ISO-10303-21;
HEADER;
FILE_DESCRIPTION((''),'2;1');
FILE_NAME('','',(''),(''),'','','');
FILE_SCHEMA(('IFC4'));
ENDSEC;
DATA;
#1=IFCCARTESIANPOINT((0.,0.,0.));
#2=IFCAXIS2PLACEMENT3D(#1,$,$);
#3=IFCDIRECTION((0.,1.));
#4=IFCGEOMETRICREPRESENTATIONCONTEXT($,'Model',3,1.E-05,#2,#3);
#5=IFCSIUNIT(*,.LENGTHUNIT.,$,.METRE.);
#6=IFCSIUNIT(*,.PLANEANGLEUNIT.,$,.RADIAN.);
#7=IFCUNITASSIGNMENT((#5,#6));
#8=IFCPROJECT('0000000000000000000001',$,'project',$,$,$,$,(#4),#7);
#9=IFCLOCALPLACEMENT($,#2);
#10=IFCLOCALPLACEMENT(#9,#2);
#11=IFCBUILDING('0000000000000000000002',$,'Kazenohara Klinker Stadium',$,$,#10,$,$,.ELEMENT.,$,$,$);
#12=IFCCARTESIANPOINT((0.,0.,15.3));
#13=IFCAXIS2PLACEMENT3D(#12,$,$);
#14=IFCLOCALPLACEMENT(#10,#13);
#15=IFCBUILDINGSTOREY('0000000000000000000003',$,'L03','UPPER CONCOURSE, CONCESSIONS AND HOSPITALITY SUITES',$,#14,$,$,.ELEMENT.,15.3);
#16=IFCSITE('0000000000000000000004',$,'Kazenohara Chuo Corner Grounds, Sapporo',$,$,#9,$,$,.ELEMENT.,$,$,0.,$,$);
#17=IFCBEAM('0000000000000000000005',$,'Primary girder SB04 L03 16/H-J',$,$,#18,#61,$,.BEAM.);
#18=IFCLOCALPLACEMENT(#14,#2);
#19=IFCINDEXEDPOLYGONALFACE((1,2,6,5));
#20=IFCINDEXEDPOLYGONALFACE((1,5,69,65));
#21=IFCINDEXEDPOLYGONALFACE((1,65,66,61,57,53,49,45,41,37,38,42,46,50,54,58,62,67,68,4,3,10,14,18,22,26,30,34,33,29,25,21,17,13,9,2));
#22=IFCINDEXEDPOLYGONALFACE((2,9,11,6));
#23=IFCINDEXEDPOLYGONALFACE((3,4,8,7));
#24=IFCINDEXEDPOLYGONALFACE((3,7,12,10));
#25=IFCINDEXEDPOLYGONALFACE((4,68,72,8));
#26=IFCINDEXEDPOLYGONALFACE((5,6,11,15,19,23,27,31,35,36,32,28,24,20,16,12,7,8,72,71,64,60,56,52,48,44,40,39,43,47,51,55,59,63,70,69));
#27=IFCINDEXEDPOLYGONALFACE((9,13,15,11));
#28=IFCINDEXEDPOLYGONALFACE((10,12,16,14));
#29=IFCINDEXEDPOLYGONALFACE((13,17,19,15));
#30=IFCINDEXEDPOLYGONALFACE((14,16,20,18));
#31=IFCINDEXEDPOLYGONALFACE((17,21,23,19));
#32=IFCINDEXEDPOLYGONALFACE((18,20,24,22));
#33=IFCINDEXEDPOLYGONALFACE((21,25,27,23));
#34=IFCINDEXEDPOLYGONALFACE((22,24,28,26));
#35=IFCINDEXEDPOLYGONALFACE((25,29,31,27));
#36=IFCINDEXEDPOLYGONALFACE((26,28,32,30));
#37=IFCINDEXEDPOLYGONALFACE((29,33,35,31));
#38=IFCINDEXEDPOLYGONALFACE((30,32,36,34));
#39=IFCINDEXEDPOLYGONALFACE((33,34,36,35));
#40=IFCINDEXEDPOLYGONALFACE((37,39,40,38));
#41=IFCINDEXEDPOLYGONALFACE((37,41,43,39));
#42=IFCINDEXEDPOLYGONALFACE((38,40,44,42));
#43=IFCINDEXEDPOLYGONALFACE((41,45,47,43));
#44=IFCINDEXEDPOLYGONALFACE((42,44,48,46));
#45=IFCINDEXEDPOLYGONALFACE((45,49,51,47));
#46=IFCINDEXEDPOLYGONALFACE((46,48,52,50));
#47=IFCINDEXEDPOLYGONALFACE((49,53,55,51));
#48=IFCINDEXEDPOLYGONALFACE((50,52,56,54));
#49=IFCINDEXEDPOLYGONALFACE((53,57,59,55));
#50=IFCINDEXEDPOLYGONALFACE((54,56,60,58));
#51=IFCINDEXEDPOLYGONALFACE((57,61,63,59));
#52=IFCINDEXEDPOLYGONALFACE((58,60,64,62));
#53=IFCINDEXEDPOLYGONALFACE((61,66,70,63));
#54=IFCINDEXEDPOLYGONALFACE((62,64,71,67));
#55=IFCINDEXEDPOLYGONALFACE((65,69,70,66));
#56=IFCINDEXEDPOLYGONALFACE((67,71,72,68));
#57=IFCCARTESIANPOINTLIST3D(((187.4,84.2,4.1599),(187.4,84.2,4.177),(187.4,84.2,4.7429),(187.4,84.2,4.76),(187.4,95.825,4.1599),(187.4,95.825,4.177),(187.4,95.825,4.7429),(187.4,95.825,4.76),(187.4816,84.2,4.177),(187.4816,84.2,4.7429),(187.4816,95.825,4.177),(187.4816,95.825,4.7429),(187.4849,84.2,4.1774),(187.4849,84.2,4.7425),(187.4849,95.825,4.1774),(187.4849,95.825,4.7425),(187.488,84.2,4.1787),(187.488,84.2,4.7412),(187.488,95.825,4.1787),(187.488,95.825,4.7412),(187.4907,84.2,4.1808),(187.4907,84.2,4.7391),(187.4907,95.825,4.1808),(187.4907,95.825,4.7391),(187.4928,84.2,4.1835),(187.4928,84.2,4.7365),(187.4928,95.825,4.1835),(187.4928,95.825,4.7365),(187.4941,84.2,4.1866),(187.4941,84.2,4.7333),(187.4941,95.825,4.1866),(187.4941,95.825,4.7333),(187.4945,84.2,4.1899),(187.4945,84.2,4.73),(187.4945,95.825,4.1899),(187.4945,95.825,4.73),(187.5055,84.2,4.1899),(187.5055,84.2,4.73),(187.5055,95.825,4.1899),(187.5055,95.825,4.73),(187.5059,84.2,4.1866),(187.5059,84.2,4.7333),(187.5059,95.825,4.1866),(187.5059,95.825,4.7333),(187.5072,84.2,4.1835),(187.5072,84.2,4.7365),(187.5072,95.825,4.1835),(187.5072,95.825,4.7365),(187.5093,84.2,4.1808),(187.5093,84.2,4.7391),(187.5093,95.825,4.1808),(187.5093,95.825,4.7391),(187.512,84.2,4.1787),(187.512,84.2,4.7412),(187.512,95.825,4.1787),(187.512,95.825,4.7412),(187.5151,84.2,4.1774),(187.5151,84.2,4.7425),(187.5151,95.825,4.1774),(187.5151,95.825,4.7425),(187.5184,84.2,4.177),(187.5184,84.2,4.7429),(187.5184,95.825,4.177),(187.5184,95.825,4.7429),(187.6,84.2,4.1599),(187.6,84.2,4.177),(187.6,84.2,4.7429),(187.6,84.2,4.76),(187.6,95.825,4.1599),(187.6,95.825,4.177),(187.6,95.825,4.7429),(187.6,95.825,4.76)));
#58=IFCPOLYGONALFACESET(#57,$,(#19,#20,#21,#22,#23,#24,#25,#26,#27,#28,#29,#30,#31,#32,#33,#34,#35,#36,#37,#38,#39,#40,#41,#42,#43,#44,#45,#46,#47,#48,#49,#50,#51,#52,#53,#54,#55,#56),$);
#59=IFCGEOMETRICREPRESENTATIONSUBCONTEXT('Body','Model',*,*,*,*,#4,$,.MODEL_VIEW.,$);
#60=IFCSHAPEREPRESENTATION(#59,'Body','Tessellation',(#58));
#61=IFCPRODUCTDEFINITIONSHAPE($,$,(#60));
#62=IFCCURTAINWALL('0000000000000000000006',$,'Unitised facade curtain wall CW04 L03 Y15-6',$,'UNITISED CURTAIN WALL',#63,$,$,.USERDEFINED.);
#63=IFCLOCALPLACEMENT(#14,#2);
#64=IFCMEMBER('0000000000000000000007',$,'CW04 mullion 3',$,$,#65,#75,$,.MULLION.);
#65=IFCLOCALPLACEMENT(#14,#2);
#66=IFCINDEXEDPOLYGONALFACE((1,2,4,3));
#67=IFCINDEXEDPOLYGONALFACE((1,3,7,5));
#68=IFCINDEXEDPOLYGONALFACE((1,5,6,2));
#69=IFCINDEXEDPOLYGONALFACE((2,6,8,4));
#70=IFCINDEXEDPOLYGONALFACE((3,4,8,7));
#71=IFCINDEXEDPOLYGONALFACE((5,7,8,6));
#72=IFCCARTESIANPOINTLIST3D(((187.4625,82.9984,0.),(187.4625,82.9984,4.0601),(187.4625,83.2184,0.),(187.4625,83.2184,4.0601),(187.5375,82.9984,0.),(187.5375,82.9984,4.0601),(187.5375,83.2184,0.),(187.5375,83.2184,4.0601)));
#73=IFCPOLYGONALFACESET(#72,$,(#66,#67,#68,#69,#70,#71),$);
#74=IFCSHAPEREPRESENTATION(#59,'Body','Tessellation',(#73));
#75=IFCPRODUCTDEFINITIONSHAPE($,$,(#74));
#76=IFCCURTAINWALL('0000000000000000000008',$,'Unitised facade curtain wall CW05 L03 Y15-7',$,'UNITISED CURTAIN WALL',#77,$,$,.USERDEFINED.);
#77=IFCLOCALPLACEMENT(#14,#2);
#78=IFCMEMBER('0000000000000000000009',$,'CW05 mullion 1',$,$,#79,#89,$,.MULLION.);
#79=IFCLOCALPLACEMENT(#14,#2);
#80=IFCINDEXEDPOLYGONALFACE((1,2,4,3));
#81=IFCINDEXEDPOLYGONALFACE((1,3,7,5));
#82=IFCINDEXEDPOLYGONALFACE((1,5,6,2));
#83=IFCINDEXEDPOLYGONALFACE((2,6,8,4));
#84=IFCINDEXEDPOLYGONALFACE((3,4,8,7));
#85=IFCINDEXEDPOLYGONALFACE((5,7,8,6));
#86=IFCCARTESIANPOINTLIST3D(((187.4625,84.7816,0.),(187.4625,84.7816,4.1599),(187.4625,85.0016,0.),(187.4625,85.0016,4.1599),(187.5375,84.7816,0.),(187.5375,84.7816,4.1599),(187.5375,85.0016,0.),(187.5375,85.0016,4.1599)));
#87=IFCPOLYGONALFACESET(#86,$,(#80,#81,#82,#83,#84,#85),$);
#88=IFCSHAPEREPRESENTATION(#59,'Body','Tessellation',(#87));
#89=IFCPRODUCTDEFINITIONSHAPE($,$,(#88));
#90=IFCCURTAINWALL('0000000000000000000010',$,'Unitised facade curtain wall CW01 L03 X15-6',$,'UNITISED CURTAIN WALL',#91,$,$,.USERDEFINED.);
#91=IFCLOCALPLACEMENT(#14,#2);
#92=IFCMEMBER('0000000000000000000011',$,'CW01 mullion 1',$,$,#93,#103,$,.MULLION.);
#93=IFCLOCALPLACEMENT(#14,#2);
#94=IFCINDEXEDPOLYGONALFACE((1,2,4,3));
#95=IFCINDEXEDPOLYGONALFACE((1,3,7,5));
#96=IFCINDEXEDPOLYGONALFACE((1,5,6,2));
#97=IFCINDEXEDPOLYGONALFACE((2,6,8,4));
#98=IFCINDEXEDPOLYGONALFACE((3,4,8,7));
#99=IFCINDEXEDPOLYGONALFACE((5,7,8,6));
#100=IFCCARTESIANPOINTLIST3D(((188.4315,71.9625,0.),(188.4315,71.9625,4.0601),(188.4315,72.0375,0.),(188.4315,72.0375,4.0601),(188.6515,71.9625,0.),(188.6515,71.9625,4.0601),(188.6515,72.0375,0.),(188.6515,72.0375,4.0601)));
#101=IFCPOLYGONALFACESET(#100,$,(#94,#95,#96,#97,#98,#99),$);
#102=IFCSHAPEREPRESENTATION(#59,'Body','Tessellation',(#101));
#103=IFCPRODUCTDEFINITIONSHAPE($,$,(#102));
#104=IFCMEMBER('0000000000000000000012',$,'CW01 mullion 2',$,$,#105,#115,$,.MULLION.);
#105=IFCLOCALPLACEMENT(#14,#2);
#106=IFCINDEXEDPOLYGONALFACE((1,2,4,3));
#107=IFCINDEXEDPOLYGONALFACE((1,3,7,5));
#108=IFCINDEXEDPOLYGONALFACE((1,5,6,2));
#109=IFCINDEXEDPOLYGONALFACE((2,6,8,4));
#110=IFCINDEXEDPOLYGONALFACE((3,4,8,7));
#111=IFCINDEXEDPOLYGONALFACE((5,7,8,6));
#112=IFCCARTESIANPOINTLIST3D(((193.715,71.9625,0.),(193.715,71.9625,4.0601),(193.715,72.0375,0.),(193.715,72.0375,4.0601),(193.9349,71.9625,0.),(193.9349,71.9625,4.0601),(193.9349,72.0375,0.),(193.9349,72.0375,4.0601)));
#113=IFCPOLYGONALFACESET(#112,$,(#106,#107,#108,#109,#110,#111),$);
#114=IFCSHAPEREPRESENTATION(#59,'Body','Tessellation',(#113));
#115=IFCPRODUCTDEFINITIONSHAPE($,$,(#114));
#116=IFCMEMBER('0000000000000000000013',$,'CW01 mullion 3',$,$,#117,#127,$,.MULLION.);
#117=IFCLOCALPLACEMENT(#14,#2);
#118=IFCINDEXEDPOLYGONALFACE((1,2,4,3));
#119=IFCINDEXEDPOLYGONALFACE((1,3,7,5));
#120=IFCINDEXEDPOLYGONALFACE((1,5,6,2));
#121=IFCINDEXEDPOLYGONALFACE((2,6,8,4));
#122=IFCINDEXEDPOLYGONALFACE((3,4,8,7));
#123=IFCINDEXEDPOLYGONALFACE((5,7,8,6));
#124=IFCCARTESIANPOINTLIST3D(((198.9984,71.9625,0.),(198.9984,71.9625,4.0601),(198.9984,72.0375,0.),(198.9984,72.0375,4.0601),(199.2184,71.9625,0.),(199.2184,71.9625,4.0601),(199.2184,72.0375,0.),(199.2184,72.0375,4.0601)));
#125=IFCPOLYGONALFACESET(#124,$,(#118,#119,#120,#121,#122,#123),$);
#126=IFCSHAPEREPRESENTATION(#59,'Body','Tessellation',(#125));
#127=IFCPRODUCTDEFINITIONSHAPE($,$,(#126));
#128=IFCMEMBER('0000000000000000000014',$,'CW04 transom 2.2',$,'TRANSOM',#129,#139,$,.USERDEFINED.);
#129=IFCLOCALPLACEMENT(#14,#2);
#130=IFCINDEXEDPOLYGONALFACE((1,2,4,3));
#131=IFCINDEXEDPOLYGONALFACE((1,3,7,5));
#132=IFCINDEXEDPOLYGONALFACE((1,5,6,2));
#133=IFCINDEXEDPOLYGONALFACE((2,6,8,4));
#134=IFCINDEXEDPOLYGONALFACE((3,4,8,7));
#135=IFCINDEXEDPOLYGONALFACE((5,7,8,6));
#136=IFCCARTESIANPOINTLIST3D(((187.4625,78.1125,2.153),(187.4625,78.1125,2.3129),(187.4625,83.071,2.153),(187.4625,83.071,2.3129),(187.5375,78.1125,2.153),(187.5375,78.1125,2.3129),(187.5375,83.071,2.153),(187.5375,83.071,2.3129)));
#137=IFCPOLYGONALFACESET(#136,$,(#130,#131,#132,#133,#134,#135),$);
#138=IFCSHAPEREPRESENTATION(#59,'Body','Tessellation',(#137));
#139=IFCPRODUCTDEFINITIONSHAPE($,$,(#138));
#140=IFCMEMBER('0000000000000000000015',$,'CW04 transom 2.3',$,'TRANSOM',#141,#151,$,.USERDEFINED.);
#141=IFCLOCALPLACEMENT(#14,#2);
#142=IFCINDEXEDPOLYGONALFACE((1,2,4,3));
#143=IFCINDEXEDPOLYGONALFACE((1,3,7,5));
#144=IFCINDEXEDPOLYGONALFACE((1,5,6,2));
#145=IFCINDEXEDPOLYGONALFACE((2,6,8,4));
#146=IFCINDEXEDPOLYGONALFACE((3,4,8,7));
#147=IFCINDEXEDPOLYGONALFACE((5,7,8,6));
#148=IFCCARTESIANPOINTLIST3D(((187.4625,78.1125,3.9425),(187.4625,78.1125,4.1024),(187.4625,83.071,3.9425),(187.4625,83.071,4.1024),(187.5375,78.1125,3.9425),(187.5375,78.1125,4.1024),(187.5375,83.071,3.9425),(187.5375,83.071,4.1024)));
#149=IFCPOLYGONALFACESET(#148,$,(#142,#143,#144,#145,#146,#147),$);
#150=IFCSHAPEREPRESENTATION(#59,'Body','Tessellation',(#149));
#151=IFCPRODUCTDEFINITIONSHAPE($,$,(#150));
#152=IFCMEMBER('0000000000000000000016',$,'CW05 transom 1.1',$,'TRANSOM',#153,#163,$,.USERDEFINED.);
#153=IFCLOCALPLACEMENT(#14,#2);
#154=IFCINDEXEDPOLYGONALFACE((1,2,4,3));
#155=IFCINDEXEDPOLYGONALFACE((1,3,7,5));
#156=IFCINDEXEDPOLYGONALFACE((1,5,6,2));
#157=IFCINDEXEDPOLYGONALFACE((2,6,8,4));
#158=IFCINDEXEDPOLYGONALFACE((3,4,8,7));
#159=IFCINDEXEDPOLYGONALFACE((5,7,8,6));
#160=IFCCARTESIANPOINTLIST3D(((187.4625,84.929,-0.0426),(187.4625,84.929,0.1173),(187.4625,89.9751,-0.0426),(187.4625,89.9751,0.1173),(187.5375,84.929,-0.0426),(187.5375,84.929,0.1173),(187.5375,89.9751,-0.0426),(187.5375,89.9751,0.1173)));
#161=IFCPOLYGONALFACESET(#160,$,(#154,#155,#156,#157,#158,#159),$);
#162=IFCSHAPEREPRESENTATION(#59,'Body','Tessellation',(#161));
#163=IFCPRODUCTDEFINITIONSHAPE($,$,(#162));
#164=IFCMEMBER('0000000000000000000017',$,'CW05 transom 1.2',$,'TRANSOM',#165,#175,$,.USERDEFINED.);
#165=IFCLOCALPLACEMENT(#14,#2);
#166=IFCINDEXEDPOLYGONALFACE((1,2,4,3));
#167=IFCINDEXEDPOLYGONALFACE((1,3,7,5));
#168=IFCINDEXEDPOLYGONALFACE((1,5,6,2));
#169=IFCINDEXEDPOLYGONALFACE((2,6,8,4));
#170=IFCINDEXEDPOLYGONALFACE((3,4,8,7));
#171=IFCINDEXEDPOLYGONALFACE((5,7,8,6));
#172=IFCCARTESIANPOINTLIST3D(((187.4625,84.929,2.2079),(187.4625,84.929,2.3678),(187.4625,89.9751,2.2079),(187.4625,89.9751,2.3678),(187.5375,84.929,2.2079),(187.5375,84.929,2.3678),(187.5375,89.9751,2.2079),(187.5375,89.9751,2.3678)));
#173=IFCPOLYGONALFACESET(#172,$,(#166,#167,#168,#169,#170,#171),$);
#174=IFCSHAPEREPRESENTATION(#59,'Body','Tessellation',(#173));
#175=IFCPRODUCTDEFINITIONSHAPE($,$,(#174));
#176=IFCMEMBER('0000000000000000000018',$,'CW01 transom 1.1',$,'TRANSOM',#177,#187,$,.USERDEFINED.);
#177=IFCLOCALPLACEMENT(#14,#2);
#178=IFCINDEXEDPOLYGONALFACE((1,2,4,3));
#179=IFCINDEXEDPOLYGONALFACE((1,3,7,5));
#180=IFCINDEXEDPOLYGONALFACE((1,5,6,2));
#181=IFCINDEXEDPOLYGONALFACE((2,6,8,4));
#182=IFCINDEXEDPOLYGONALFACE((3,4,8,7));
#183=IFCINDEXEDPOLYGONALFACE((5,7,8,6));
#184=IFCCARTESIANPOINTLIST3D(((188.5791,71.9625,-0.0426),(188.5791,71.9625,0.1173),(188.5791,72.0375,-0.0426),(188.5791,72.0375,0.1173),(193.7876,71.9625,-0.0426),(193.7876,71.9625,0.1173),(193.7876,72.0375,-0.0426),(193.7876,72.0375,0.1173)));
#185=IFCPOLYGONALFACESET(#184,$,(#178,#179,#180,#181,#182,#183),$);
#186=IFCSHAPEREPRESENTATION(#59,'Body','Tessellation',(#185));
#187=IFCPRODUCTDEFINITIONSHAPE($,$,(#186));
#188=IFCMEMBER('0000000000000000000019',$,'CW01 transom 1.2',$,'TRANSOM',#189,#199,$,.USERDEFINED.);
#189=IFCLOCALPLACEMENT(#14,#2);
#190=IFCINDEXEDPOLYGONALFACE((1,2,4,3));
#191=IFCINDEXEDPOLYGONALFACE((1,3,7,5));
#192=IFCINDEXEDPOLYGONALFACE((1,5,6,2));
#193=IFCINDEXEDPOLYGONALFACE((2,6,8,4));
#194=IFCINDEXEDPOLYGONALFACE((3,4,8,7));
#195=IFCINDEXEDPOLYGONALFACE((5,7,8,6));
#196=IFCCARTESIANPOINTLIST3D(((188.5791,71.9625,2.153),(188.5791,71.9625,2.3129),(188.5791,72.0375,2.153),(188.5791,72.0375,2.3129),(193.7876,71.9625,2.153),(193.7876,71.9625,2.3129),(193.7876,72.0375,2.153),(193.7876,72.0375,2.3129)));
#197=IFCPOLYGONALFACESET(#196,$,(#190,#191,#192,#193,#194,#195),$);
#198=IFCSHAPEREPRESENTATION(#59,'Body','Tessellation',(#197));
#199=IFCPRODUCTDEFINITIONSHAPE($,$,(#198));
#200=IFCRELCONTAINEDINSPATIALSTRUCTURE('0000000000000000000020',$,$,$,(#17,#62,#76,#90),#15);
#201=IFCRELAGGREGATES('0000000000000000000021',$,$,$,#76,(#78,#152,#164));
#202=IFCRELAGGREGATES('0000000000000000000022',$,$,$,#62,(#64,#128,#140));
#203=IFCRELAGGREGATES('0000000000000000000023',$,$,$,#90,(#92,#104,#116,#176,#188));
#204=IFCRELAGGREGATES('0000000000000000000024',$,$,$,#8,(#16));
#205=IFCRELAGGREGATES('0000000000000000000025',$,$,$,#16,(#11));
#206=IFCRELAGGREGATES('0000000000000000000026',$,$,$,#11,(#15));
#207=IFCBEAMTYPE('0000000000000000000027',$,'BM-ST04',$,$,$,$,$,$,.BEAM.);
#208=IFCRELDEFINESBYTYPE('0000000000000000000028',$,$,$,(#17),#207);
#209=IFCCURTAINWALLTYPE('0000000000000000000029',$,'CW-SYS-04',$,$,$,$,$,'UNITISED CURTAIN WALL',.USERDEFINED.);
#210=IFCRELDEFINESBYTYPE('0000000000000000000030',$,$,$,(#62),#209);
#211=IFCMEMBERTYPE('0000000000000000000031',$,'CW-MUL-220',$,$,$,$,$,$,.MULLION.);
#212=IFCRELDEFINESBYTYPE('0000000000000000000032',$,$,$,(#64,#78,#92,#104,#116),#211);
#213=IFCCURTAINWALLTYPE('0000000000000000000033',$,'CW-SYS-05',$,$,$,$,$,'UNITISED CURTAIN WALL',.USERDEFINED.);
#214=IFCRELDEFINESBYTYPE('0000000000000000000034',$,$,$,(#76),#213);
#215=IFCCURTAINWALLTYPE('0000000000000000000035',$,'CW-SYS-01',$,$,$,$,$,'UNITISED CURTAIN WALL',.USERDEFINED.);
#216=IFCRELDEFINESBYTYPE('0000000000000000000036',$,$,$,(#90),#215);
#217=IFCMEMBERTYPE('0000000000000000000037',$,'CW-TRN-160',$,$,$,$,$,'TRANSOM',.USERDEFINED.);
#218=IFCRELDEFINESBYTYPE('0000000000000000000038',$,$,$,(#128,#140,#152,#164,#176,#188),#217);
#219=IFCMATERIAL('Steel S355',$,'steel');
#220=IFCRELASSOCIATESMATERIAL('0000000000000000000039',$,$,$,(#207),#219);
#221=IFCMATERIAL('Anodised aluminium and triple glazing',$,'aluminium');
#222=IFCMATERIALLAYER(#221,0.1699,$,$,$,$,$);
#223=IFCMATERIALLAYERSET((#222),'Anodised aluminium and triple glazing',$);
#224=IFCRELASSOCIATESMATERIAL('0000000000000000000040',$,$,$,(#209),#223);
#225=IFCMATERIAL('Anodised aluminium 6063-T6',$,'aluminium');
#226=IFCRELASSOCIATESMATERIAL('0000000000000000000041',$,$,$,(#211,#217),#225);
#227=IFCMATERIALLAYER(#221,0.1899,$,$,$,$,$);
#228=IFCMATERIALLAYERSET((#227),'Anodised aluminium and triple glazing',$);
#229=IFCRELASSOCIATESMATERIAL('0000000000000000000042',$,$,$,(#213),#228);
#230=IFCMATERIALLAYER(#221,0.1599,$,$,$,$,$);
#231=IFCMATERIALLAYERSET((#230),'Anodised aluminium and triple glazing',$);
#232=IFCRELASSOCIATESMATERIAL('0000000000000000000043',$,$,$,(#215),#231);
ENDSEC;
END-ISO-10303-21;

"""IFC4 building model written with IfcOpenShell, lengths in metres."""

from ifc_helpers import new_model, si_unit, direction, frame, origin, origin_2d, place, context, subcontext, project, spatial, rectangle, i_section, extrude, material, layer, layer_set, material_profile, profile_set, type_object, element, aggregate, save


model = new_model("IFC4")

# Units and contexts
model_context = context("Model", 3, precision=1e-05, world=origin(), true_north=direction((0.0, 1.0)))
body_context = subcontext(model_context, "Body", "Model", "MODEL_VIEW")
ifc_project = project(units=[si_unit("LENGTHUNIT", "METRE"), si_unit("PLANEANGLEUNIT", "RADIAN")], contexts=[model_context])

# Site, building, storey
site_placement = place(None, origin())
site = spatial("IfcSite", under=ifc_project, at=site_placement, Name="Kazenohara Chuo Corner Grounds, Sapporo", CompositionType="ELEMENT", RefElevation=0.0)
building_placement = place(site_placement, origin())
building = spatial("IfcBuilding", under=site, at=building_placement, Name="Kazenohara Klinker Stadium", CompositionType="ELEMENT")
storey_placement = place(building_placement, frame((0.0, 0.0, 15.3)))
storey = spatial("IfcBuildingStorey", under=building, at=storey_placement, Name="L03", Description="UPPER CONCOURSE, CONCESSIONS AND HOSPITALITY SUITES", CompositionType="ELEMENT", Elevation=15.3)

# Shared definitions
ifc_material_1 = material(Name="Steel S355", Category="steel")

# Beam
ifc_material_profile_1 = material_profile(ifc_material_1, i_section(OverallWidth=0.2, OverallDepth=0.6001, WebThickness=0.011, FlangeThickness=0.0171, FilletRadius=0.0129, at=origin_2d()), Name="H-600x200x11x17")
ifc_profile_set_1 = profile_set([ifc_material_profile_1], Name="Steel S355")
beam_type_1 = type_object("IfcBeamType", Name="BM-ST04", PredefinedType="BEAM", material=ifc_profile_set_1)
beam_1_placement = place(storey_placement, frame((187.5, 84.2, 4.46), z_axis=(0.0, 1.0, 0.0), x_axis=(-1.0, 0.0, 0.0)))
element("IfcBeam", 1, at=beam_1_placement, inside=storey, type_object=beam_type_1, Name="Primary girder SB04 L03 16/H-J", PredefinedType="BEAM", context=body_context, shape_type="SweptSolid", body=[
    extrude(i_section(OverallWidth=0.2, OverallDepth=0.6001, WebThickness=0.011, FlangeThickness=0.0171, FilletRadius=0.0129, at=origin_2d()), origin(), (0.0, 0.0, 1.0), 11.625),
])

# Curtain walls, members
ifc_material_2 = material(Name="Anodised aluminium and triple glazing", Category="aluminium")
ifc_layer_1 = layer(ifc_material_2, 0.1699)
ifc_layer_set_1 = layer_set([ifc_layer_1], Name="Anodised aluminium and triple glazing")
curtain_wall_type_1 = type_object("IfcCurtainWallType", Name="CW-SYS-04", ElementType="UNITISED CURTAIN WALL", PredefinedType="USERDEFINED", material=ifc_layer_set_1)
curtain_wall_1_placement = place(storey_placement, origin())
curtain_wall_1 = element("IfcCurtainWall", 2, at=curtain_wall_1_placement, inside=storey, type_object=curtain_wall_type_1, Name="Unitised facade curtain wall CW04 L03 Y15-6", ObjectType="UNITISED CURTAIN WALL", PredefinedType="USERDEFINED")
ifc_material_3 = material(Name="Anodised aluminium 6063-T6", Category="aluminium")
ifc_material_profile_2 = material_profile(ifc_material_3, rectangle(XDim=0.075, YDim=0.22, at=origin_2d()), Name="ALU-MUL-75x220")
ifc_profile_set_2 = profile_set([ifc_material_profile_2], Name="Anodised aluminium 6063-T6")
member_type_1 = type_object("IfcMemberType", Name="CW-MUL-220", PredefinedType="MULLION", material=ifc_profile_set_2)
member_1_placement = place(storey_placement, frame((187.5, 83.1084, 0.0), z_axis=(0.0, 0.0, 1.0), x_axis=(-1.0, 0.0, 0.0)))
member_1 = element("IfcMember", 3, at=member_1_placement, type_object=member_type_1, Name="CW04 mullion 3", PredefinedType="MULLION", context=body_context, shape_type="SweptSolid", body=[
    extrude(rectangle(XDim=0.075, YDim=0.22, at=origin_2d()), origin(), (0.0, 0.0, 1.0), 4.0601),
])
ifc_layer_2 = layer(ifc_material_2, 0.1899)
ifc_layer_set_2 = layer_set([ifc_layer_2], Name="Anodised aluminium and triple glazing")
curtain_wall_type_2 = type_object("IfcCurtainWallType", Name="CW-SYS-05", ElementType="UNITISED CURTAIN WALL", PredefinedType="USERDEFINED", material=ifc_layer_set_2)
curtain_wall_2_placement = place(storey_placement, origin())
curtain_wall_2 = element("IfcCurtainWall", 4, at=curtain_wall_2_placement, inside=storey, type_object=curtain_wall_type_2, Name="Unitised facade curtain wall CW05 L03 Y15-7", ObjectType="UNITISED CURTAIN WALL", PredefinedType="USERDEFINED")
member_2_placement = place(storey_placement, frame((187.5, 84.8916, 0.0), z_axis=(0.0, 0.0, 1.0), x_axis=(-1.0, 0.0, 0.0)))
member_2 = element("IfcMember", 5, at=member_2_placement, type_object=member_type_1, Name="CW05 mullion 1", PredefinedType="MULLION", context=body_context, shape_type="SweptSolid", body=[
    extrude(rectangle(XDim=0.075, YDim=0.22, at=origin_2d()), origin(), (0.0, 0.0, 1.0), 4.1599),
])

# Curtain wall, members
ifc_layer_3 = layer(ifc_material_2, 0.1599)
ifc_layer_set_3 = layer_set([ifc_layer_3], Name="Anodised aluminium and triple glazing")
curtain_wall_type_3 = type_object("IfcCurtainWallType", Name="CW-SYS-01", ElementType="UNITISED CURTAIN WALL", PredefinedType="USERDEFINED", material=ifc_layer_set_3)
curtain_wall_3_placement = place(storey_placement, origin())
curtain_wall_3 = element("IfcCurtainWall", 6, at=curtain_wall_3_placement, inside=storey, type_object=curtain_wall_type_3, Name="Unitised facade curtain wall CW01 L03 X15-6", ObjectType="UNITISED CURTAIN WALL", PredefinedType="USERDEFINED")
member_3_placement = place(storey_placement, frame((188.5415, 72.0, 0.0), z_axis=(0.0, 0.0, 1.0), x_axis=(0.0, 1.0, 0.0)))
member_3 = element("IfcMember", 7, at=member_3_placement, type_object=member_type_1, Name="CW01 mullion 1", PredefinedType="MULLION", context=body_context, shape_type="SweptSolid", body=[
    extrude(rectangle(XDim=0.075, YDim=0.22, at=origin_2d()), origin(), (0.0, 0.0, 1.0), 4.0601),
])
member_4_placement = place(storey_placement, frame((193.825, 72.0, 0.0), z_axis=(0.0, 0.0, 1.0), x_axis=(0.0, 1.0, 0.0)))
member_4 = element("IfcMember", 8, at=member_4_placement, type_object=member_type_1, Name="CW01 mullion 2", PredefinedType="MULLION", context=body_context, shape_type="SweptSolid", body=[
    extrude(rectangle(XDim=0.075, YDim=0.22, at=origin_2d()), origin(), (0.0, 0.0, 1.0), 4.0601),
])
member_5_placement = place(storey_placement, frame((199.1084, 72.0, 0.0), z_axis=(0.0, 0.0, 1.0), x_axis=(0.0, 1.0, 0.0)))
member_5 = element("IfcMember", 9, at=member_5_placement, type_object=member_type_1, Name="CW01 mullion 3", PredefinedType="MULLION", context=body_context, shape_type="SweptSolid", body=[
    extrude(rectangle(XDim=0.075, YDim=0.22, at=origin_2d()), origin(), (0.0, 0.0, 1.0), 4.0601),
])

# Members
ifc_material_profile_3 = material_profile(ifc_material_3, rectangle(XDim=0.075, YDim=0.1599, at=origin_2d()), Name="ALU-TRN-75x160")
ifc_profile_set_3 = profile_set([ifc_material_profile_3], Name="Anodised aluminium 6063-T6")
member_type_2 = type_object("IfcMemberType", Name="CW-TRN-160", ElementType="TRANSOM", PredefinedType="USERDEFINED", material=ifc_profile_set_3)
member_6_placement = place(storey_placement, frame((187.5, 78.1125, 2.2329), z_axis=(0.0, 1.0, 0.0), x_axis=(-1.0, 0.0, 0.0)))
member_6 = element("IfcMember", 10, at=member_6_placement, type_object=member_type_2, Name="CW04 transom 2.2", ObjectType="TRANSOM", PredefinedType="USERDEFINED", context=body_context, shape_type="SweptSolid", body=[
    extrude(rectangle(XDim=0.075, YDim=0.1599, at=origin_2d()), origin(), (0.0, 0.0, 1.0), 4.9585),
])
member_7_placement = place(storey_placement, frame((187.5, 78.1125, 4.0225), z_axis=(0.0, 1.0, 0.0), x_axis=(-1.0, 0.0, 0.0)))
member_7 = element("IfcMember", 11, at=member_7_placement, type_object=member_type_2, Name="CW04 transom 2.3", ObjectType="TRANSOM", PredefinedType="USERDEFINED", context=body_context, shape_type="SweptSolid", body=[
    extrude(rectangle(XDim=0.075, YDim=0.1599, at=origin_2d()), origin(), (0.0, 0.0, 1.0), 4.9585),
])
member_8_placement = place(storey_placement, frame((187.5, 84.929, 0.0374), z_axis=(0.0, 1.0, 0.0), x_axis=(-1.0, 0.0, 0.0)))
member_8 = element("IfcMember", 12, at=member_8_placement, type_object=member_type_2, Name="CW05 transom 1.1", ObjectType="TRANSOM", PredefinedType="USERDEFINED", context=body_context, shape_type="SweptSolid", body=[
    extrude(rectangle(XDim=0.075, YDim=0.1599, at=origin_2d()), origin(), (0.0, 0.0, 1.0), 5.0461),
])
member_9_placement = place(storey_placement, frame((187.5, 84.929, 2.2878), z_axis=(0.0, 1.0, 0.0), x_axis=(-1.0, 0.0, 0.0)))
member_9 = element("IfcMember", 13, at=member_9_placement, type_object=member_type_2, Name="CW05 transom 1.2", ObjectType="TRANSOM", PredefinedType="USERDEFINED", context=body_context, shape_type="SweptSolid", body=[
    extrude(rectangle(XDim=0.075, YDim=0.1599, at=origin_2d()), origin(), (0.0, 0.0, 1.0), 5.0461),
])
aggregate(curtain_wall_2, [member_2, member_8, member_9])
member_10_placement = place(storey_placement, frame((188.5791, 72.0, 0.0374), z_axis=(1.0, 0.0, 0.0), x_axis=(0.0, 1.0, 0.0)))
member_10 = element("IfcMember", 14, at=member_10_placement, type_object=member_type_2, Name="CW01 transom 1.1", ObjectType="TRANSOM", PredefinedType="USERDEFINED", context=body_context, shape_type="SweptSolid", body=[
    extrude(rectangle(XDim=0.075, YDim=0.1599, at=origin_2d()), origin(), (0.0, 0.0, 1.0), 5.2085),
])
member_11_placement = place(storey_placement, frame((188.5791, 72.0, 2.2329), z_axis=(1.0, 0.0, 0.0), x_axis=(0.0, 1.0, 0.0)))
member_11 = element("IfcMember", 15, at=member_11_placement, type_object=member_type_2, Name="CW01 transom 1.2", ObjectType="TRANSOM", PredefinedType="USERDEFINED", context=body_context, shape_type="SweptSolid", body=[
    extrude(rectangle(XDim=0.075, YDim=0.1599, at=origin_2d()), origin(), (0.0, 0.0, 1.0), 5.2085),
])

aggregate(curtain_wall_1, [member_1, member_6, member_7])
aggregate(curtain_wall_3, [member_3, member_4, member_5, member_10, member_11])

save(model, "model.ifc")
